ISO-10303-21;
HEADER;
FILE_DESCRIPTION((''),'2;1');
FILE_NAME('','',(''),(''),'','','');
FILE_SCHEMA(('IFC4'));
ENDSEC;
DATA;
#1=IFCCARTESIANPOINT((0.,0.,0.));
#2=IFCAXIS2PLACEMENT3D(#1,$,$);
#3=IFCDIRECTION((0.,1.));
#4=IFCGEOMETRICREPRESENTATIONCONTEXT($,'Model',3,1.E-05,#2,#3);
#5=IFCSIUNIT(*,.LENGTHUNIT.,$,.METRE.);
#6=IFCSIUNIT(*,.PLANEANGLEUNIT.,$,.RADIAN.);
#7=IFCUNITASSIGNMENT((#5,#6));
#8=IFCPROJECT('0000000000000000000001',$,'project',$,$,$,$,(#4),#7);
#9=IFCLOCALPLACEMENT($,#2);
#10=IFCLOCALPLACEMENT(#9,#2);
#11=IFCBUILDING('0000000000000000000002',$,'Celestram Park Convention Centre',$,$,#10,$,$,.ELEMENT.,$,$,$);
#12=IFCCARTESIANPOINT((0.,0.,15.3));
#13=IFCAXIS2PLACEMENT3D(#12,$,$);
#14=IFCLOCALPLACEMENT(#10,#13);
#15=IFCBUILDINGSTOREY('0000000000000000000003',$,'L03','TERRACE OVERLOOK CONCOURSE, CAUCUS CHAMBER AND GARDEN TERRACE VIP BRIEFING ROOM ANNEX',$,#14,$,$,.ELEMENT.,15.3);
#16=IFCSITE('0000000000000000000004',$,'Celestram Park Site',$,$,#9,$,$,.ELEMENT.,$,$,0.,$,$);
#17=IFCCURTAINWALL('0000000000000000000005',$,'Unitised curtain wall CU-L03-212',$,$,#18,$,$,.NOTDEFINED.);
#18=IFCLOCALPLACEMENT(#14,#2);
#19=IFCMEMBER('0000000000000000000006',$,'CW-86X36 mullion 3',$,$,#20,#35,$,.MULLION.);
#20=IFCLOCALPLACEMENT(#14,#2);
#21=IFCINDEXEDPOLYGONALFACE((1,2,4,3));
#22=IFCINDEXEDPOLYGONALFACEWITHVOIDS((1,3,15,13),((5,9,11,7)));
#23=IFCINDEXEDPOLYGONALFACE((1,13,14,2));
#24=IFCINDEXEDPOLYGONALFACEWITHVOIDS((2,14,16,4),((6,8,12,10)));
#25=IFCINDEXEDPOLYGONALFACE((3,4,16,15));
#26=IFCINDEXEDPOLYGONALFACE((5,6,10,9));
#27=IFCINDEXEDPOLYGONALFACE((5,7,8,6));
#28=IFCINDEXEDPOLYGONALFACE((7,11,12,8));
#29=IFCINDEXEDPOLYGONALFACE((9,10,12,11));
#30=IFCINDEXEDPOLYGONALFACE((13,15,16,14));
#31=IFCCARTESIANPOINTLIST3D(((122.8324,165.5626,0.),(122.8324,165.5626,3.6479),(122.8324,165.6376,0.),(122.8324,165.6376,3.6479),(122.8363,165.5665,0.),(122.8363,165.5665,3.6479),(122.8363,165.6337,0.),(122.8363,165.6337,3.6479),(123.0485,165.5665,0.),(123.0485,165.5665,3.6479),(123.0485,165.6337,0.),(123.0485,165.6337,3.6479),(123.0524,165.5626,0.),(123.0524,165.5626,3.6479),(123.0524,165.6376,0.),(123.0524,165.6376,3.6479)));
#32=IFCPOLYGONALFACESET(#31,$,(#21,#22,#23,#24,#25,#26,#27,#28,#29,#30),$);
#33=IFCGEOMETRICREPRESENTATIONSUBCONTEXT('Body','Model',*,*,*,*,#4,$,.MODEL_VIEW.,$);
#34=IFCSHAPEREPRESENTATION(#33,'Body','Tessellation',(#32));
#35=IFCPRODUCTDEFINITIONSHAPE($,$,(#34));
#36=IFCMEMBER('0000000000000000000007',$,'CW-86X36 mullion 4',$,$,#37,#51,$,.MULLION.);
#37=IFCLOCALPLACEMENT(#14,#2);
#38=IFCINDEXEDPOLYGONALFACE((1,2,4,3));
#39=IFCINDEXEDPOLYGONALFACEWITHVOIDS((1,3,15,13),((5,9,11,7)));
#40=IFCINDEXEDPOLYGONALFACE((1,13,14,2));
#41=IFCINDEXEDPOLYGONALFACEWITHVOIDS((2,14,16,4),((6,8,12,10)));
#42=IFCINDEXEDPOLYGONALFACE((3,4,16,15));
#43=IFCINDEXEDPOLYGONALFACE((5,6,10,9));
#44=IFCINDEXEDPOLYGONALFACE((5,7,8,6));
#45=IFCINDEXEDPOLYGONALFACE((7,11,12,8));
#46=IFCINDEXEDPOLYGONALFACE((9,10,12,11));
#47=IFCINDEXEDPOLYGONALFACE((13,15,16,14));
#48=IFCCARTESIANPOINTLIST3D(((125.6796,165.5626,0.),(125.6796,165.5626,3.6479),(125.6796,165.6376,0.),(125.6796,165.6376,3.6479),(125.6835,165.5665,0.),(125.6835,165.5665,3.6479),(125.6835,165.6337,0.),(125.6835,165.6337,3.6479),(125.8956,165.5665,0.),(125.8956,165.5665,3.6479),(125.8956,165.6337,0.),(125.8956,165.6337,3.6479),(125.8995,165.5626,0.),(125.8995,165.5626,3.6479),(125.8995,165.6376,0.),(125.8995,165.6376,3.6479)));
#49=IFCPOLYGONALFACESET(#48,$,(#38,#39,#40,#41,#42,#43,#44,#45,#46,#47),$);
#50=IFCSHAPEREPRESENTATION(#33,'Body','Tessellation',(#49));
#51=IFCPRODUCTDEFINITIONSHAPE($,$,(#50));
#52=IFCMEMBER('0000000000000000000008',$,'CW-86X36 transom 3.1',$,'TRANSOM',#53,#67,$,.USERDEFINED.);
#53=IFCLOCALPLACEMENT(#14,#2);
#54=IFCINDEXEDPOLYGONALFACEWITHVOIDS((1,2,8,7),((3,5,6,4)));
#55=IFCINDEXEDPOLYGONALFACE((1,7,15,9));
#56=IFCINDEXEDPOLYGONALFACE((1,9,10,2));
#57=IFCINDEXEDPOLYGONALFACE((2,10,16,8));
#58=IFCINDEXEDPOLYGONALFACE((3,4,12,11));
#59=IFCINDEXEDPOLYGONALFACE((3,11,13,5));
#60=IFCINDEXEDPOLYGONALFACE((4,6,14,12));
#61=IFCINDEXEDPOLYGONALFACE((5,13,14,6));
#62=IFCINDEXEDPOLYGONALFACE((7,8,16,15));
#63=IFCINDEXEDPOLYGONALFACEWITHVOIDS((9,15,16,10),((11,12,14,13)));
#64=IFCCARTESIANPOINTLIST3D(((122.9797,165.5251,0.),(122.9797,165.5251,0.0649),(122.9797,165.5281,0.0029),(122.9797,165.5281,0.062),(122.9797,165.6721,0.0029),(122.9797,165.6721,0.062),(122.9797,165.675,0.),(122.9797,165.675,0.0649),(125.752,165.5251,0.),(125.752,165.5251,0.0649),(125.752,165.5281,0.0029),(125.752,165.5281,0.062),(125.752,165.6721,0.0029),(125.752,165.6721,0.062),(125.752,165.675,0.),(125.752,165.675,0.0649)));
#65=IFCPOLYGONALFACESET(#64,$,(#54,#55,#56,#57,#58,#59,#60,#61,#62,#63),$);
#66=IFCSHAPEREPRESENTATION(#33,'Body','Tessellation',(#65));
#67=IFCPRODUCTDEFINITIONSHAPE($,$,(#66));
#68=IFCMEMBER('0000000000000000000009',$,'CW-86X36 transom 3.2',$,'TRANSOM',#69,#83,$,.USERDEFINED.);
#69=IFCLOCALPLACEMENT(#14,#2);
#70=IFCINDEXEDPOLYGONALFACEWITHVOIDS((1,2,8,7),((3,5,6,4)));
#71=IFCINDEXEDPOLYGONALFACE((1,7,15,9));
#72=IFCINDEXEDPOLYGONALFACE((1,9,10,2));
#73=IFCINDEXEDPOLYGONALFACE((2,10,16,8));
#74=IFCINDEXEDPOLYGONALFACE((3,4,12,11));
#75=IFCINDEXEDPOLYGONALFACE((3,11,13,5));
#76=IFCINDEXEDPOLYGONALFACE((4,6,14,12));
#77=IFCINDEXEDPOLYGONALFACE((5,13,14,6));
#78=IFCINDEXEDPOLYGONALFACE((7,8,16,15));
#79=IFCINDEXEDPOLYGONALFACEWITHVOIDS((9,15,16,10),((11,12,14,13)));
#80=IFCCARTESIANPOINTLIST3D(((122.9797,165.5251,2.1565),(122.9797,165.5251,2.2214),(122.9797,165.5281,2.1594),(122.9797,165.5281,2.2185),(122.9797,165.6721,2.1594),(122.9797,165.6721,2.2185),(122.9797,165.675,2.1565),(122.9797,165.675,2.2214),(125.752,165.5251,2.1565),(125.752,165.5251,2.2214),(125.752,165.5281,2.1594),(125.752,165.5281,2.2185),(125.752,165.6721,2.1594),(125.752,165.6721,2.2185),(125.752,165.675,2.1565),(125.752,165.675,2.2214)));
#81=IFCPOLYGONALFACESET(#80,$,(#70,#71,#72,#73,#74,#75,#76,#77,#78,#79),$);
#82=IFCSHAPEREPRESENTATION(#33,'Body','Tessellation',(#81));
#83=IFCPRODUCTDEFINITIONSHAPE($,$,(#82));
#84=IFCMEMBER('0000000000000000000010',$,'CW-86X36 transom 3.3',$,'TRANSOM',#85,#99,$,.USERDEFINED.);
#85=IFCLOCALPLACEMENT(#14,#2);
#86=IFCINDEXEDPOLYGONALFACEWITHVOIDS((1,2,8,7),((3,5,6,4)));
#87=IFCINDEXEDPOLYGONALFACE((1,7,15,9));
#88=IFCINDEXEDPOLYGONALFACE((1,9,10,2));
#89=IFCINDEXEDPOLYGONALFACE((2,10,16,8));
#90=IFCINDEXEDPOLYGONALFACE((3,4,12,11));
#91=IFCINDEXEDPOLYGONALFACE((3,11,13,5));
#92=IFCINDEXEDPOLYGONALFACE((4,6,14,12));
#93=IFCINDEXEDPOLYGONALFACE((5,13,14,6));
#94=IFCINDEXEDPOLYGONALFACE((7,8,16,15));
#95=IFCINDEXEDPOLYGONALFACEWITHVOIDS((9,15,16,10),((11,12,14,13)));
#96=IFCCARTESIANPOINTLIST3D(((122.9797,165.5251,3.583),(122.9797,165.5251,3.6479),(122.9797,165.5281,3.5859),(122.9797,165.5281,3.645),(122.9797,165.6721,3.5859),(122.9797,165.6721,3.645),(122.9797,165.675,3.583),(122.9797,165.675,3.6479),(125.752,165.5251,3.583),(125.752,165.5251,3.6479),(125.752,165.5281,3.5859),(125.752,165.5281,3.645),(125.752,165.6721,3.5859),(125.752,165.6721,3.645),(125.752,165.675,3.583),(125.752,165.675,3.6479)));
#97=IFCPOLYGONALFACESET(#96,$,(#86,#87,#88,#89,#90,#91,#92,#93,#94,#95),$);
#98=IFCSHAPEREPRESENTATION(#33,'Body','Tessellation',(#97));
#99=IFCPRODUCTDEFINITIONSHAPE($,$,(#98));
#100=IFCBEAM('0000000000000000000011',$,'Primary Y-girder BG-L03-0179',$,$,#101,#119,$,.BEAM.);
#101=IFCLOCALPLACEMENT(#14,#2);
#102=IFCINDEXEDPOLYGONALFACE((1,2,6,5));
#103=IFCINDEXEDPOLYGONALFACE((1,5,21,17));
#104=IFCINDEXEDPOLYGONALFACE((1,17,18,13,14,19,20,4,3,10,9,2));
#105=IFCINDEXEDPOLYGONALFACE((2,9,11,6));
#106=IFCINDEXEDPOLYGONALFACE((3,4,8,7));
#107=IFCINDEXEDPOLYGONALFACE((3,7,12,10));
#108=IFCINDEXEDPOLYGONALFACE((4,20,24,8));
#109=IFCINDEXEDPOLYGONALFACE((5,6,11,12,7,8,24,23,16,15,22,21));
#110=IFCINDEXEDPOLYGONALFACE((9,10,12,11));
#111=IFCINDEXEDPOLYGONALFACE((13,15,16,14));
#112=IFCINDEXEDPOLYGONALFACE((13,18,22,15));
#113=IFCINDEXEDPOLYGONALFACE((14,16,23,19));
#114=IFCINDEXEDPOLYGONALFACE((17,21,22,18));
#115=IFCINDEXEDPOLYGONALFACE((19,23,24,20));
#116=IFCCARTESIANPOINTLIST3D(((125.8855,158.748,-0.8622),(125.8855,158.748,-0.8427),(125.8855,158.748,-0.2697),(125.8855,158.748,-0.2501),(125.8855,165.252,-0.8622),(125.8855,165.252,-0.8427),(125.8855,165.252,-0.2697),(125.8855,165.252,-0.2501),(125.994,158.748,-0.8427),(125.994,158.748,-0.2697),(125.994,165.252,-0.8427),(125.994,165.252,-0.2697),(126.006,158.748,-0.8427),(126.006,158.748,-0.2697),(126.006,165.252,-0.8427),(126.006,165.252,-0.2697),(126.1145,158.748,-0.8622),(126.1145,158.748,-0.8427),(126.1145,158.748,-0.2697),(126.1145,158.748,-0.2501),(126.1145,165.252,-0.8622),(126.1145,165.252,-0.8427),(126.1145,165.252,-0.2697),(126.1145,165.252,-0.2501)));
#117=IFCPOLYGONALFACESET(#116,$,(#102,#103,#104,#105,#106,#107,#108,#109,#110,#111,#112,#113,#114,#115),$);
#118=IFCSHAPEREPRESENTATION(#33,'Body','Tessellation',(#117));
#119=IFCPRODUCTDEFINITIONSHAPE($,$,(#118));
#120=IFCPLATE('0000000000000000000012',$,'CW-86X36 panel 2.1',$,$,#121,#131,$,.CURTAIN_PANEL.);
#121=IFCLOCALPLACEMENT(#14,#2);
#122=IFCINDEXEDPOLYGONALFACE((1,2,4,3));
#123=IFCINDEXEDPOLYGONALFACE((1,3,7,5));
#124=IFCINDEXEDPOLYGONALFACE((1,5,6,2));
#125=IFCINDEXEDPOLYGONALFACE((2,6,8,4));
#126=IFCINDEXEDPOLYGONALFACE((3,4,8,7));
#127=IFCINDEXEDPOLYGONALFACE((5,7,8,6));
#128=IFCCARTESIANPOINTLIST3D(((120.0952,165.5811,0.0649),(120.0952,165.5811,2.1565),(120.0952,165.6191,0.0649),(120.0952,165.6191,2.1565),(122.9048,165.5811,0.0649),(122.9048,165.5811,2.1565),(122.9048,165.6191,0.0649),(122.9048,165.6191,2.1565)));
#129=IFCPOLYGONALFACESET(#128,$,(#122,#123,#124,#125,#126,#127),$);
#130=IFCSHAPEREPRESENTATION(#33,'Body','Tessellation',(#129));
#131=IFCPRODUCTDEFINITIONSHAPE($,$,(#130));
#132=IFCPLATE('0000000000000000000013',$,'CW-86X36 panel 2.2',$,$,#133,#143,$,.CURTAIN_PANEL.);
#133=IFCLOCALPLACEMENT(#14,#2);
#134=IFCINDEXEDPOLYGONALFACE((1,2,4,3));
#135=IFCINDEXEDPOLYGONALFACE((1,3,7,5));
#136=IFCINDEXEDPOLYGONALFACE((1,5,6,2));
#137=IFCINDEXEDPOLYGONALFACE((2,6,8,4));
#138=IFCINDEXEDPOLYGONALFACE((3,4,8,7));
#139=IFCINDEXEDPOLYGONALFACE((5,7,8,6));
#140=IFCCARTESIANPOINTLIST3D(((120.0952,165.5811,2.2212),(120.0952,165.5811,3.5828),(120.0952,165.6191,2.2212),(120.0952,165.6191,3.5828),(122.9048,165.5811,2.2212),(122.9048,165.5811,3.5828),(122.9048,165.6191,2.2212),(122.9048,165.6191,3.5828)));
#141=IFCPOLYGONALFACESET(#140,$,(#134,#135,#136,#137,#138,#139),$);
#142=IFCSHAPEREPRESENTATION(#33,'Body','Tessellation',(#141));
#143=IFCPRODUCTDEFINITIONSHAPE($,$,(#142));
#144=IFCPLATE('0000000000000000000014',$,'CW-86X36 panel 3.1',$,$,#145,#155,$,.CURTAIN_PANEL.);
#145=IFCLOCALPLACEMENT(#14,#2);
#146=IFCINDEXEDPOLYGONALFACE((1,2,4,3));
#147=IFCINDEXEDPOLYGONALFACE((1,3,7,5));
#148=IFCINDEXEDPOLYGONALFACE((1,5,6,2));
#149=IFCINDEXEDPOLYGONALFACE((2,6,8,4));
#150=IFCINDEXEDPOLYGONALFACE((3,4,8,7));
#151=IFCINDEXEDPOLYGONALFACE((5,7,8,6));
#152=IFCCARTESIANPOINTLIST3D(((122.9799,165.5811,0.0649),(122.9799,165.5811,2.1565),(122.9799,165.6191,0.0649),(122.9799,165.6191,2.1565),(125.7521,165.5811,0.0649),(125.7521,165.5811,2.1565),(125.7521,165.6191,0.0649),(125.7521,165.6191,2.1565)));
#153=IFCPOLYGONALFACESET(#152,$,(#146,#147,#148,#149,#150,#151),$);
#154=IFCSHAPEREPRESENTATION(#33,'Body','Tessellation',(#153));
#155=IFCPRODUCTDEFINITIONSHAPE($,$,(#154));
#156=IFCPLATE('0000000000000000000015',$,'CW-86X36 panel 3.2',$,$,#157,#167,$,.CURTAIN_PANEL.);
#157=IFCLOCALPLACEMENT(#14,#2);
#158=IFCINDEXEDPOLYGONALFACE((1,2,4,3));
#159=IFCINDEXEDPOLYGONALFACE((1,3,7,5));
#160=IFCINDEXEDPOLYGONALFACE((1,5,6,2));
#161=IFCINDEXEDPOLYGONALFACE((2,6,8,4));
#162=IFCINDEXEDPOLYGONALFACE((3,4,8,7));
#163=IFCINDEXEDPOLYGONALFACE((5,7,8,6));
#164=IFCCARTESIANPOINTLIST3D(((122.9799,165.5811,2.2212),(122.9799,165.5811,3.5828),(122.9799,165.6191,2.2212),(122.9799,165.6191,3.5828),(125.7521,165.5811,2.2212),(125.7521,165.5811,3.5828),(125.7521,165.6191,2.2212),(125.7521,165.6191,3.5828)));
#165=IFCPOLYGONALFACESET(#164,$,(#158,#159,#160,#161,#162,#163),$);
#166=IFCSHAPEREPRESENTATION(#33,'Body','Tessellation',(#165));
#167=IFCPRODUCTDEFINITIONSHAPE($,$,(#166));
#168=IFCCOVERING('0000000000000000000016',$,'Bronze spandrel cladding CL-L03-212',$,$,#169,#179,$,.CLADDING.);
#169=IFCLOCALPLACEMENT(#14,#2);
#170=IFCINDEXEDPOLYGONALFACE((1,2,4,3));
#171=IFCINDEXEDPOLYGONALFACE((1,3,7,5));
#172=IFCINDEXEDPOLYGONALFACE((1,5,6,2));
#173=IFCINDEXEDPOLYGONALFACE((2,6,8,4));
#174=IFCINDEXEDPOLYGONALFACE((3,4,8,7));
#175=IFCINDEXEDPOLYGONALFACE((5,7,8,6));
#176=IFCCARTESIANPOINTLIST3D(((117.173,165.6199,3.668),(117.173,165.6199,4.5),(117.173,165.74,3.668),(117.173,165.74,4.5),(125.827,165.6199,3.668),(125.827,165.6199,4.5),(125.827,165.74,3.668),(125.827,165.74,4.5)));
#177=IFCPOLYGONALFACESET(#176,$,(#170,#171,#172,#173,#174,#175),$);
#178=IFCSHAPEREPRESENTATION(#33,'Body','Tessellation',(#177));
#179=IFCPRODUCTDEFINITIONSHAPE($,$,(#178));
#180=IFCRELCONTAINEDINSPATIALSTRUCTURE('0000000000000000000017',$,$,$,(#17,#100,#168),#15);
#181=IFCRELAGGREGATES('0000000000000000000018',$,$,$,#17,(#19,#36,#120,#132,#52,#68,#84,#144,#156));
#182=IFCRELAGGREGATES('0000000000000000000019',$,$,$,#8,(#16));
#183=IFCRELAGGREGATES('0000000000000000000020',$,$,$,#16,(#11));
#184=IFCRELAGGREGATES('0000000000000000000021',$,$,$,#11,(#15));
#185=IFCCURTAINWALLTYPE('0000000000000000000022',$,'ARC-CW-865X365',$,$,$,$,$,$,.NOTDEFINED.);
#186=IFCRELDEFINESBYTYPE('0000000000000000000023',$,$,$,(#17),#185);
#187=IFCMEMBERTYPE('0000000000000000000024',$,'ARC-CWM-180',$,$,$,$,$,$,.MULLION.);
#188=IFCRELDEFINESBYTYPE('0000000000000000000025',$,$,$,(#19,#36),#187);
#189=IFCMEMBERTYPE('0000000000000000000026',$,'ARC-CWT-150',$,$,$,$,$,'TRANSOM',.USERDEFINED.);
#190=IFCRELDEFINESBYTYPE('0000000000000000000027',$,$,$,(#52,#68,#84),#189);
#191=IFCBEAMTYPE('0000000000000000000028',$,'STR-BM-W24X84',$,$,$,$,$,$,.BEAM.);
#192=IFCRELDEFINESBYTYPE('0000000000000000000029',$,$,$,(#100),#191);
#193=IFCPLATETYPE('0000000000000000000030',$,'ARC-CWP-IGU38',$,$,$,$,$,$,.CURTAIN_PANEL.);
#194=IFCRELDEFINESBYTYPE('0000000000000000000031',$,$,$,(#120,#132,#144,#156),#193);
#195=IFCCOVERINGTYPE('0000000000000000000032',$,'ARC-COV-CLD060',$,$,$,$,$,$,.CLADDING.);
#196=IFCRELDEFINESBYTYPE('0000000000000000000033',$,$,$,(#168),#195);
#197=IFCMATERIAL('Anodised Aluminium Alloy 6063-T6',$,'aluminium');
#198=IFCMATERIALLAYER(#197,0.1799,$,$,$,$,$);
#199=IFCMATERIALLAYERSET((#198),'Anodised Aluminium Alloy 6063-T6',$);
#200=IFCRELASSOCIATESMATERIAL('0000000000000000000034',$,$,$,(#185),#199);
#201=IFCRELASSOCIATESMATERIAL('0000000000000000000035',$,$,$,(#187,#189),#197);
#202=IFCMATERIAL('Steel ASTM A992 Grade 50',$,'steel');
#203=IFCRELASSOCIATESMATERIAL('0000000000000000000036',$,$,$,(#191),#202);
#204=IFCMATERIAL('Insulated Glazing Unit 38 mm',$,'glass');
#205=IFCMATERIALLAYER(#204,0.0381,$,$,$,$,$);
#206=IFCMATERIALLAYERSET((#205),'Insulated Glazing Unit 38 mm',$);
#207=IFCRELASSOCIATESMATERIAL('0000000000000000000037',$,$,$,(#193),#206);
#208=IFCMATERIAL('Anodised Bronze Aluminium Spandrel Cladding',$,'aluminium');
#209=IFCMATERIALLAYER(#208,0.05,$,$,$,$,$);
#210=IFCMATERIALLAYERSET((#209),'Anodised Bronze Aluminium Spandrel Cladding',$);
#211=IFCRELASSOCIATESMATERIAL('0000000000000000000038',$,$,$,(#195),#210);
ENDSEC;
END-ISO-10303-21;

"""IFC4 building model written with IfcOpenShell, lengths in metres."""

from ifc_helpers import new_model, si_unit, direction, frame, origin, origin_2d, place, context, subcontext, project, spatial, rectangle, hollow_rectangle, i_section, extrude, material, layer, layer_set, material_profile, profile_set, type_object, element, aggregate, save


model = new_model("IFC4")

# Units and contexts
model_context = context("Model", 3, precision=1e-05, world=origin(), true_north=direction((0.0, 1.0)))
body_context = subcontext(model_context, "Body", "Model", "MODEL_VIEW")
ifc_project = project(units=[si_unit("LENGTHUNIT", "METRE"), si_unit("PLANEANGLEUNIT", "RADIAN")], contexts=[model_context])

# Site, building, storey
site_placement = place(None, origin())
site = spatial("IfcSite", under=ifc_project, at=site_placement, Name="Celestram Park Site", CompositionType="ELEMENT", RefElevation=0.0)
building_placement = place(site_placement, origin())
building = spatial("IfcBuilding", under=site, at=building_placement, Name="Celestram Park Convention Centre", CompositionType="ELEMENT")
storey_placement = place(building_placement, frame((0.0, 0.0, 15.3)))
storey = spatial("IfcBuildingStorey", under=building, at=storey_placement, Name="L03", Description="TERRACE OVERLOOK CONCOURSE, CAUCUS CHAMBER AND GARDEN TERRACE VIP BRIEFING ROOM ANNEX", CompositionType="ELEMENT", Elevation=15.3)

# Curtain wall, members
ifc_material_1 = material(Name="Anodised Aluminium Alloy 6063-T6", Category="aluminium")
ifc_layer_1 = layer(ifc_material_1, 0.1799)
ifc_layer_set_1 = layer_set([ifc_layer_1], Name="Anodised Aluminium Alloy 6063-T6")
curtain_wall_type = type_object("IfcCurtainWallType", Name="ARC-CW-865X365", PredefinedType="NOTDEFINED", material=ifc_layer_set_1)
curtain_wall_placement = place(storey_placement, origin())
curtain_wall = element("IfcCurtainWall", 1, at=curtain_wall_placement, inside=storey, type_object=curtain_wall_type, Name="Unitised curtain wall CU-L03-212", PredefinedType="NOTDEFINED")
ifc_material_profile_1 = material_profile(ifc_material_1, hollow_rectangle(XDim=0.075, YDim=0.22, WallThickness=0.0039, at=origin_2d()), Name="ALU75X220X4")
ifc_profile_set_1 = profile_set([ifc_material_profile_1], Name="Anodised Aluminium Alloy 6063-T6")
member_type_1 = type_object("IfcMemberType", Name="ARC-CWM-180", PredefinedType="MULLION", material=ifc_profile_set_1)
member_1_placement = place(storey_placement, frame((122.9424, 165.6001, 0.0), z_axis=(0.0, 0.0, 1.0), x_axis=(0.0, 1.0, 0.0)))
member_1 = element("IfcMember", 2, at=member_1_placement, type_object=member_type_1, Name="CW-86X36 mullion 3", PredefinedType="MULLION", context=body_context, shape_type="SweptSolid", body=[
    extrude(hollow_rectangle(XDim=0.075, YDim=0.22, WallThickness=0.0039, at=origin_2d()), origin(), (0.0, 0.0, 1.0), 3.6479),
])
member_2_placement = place(storey_placement, frame((125.7896, 165.6001, 0.0), z_axis=(0.0, 0.0, 1.0), x_axis=(0.0, 1.0, 0.0)))
member_2 = element("IfcMember", 3, at=member_2_placement, type_object=member_type_1, Name="CW-86X36 mullion 4", PredefinedType="MULLION", context=body_context, shape_type="SweptSolid", body=[
    extrude(hollow_rectangle(XDim=0.075, YDim=0.22, WallThickness=0.0039, at=origin_2d()), origin(), (0.0, 0.0, 1.0), 3.6479),
])
ifc_material_profile_2 = material_profile(ifc_material_1, hollow_rectangle(XDim=0.1499, YDim=0.0649, WallThickness=0.0029, at=origin_2d()), Name="ALU150X65X3")
ifc_profile_set_2 = profile_set([ifc_material_profile_2], Name="Anodised Aluminium Alloy 6063-T6")
member_type_2 = type_object("IfcMemberType", Name="ARC-CWT-150", ElementType="TRANSOM", PredefinedType="USERDEFINED", material=ifc_profile_set_2)
member_3_placement = place(storey_placement, frame((122.9797, 165.6001, 0.0325), z_axis=(1.0, 0.0, 0.0), x_axis=(0.0, 1.0, 0.0)))
member_3 = element("IfcMember", 4, at=member_3_placement, type_object=member_type_2, Name="CW-86X36 transom 3.1", ObjectType="TRANSOM", PredefinedType="USERDEFINED", context=body_context, shape_type="SweptSolid", body=[
    extrude(hollow_rectangle(XDim=0.1499, YDim=0.0649, WallThickness=0.0029, at=origin_2d()), origin(), (0.0, 0.0, 1.0), 2.7722),
])
member_4_placement = place(storey_placement, frame((122.9797, 165.6001, 2.189), z_axis=(1.0, 0.0, 0.0), x_axis=(0.0, 1.0, 0.0)))
member_4 = element("IfcMember", 5, at=member_4_placement, type_object=member_type_2, Name="CW-86X36 transom 3.2", ObjectType="TRANSOM", PredefinedType="USERDEFINED", context=body_context, shape_type="SweptSolid", body=[
    extrude(hollow_rectangle(XDim=0.1499, YDim=0.0649, WallThickness=0.0029, at=origin_2d()), origin(), (0.0, 0.0, 1.0), 2.7722),
])
member_5_placement = place(storey_placement, frame((122.9797, 165.6001, 3.6155), z_axis=(1.0, 0.0, 0.0), x_axis=(0.0, 1.0, 0.0)))
member_5 = element("IfcMember", 6, at=member_5_placement, type_object=member_type_2, Name="CW-86X36 transom 3.3", ObjectType="TRANSOM", PredefinedType="USERDEFINED", context=body_context, shape_type="SweptSolid", body=[
    extrude(hollow_rectangle(XDim=0.1499, YDim=0.0649, WallThickness=0.0029, at=origin_2d()), origin(), (0.0, 0.0, 1.0), 2.7722),
])

# Beam
ifc_material_2 = material(Name="Steel ASTM A992 Grade 50", Category="steel")
ifc_material_profile_3 = material_profile(ifc_material_2, i_section(OverallWidth=0.229, OverallDepth=0.6121, WebThickness=0.012, FlangeThickness=0.0195, at=origin_2d()), Name="W24X84")
ifc_profile_set_3 = profile_set([ifc_material_profile_3], Name="Steel ASTM A992 Grade 50")
beam_type = type_object("IfcBeamType", Name="STR-BM-W24X84", PredefinedType="BEAM", material=ifc_profile_set_3)
beam_placement = place(storey_placement, frame((126.0, 158.748, -0.5562), z_axis=(0.0, 1.0, 0.0), x_axis=(-1.0, 0.0, 0.0)))
element("IfcBeam", 7, at=beam_placement, inside=storey, type_object=beam_type, Name="Primary Y-girder BG-L03-0179", PredefinedType="BEAM", context=body_context, shape_type="SweptSolid", body=[
    extrude(i_section(OverallWidth=0.229, OverallDepth=0.6121, WebThickness=0.012, FlangeThickness=0.0195, at=origin_2d()), origin(), (0.0, 0.0, 1.0), 6.5039),
])

# Plates
ifc_material_3 = material(Name="Insulated Glazing Unit 38 mm", Category="glass")
ifc_layer_2 = layer(ifc_material_3, 0.0381)
ifc_layer_set_2 = layer_set([ifc_layer_2], Name="Insulated Glazing Unit 38 mm")
plate_type = type_object("IfcPlateType", Name="ARC-CWP-IGU38", PredefinedType="CURTAIN_PANEL", material=ifc_layer_set_2)
plate_1_placement = place(storey_placement, frame((121.5, 165.6001, 0.0649), z_axis=(0.0, 0.0, 1.0), x_axis=(1.0, 0.0, 0.0)))
plate_1 = element("IfcPlate", 8, at=plate_1_placement, type_object=plate_type, Name="CW-86X36 panel 2.1", PredefinedType="CURTAIN_PANEL", context=body_context, shape_type="SweptSolid", body=[
    extrude(rectangle(XDim=2.8096, YDim=0.0381, at=origin_2d()), origin(), (0.0, 0.0, 1.0), 2.0916),
])
plate_2_placement = place(storey_placement, frame((121.5, 165.6001, 2.2212), z_axis=(0.0, 0.0, 1.0), x_axis=(1.0, 0.0, 0.0)))
plate_2 = element("IfcPlate", 9, at=plate_2_placement, type_object=plate_type, Name="CW-86X36 panel 2.2", PredefinedType="CURTAIN_PANEL", context=body_context, shape_type="SweptSolid", body=[
    extrude(rectangle(XDim=2.8096, YDim=0.0381, at=origin_2d()), origin(), (0.0, 0.0, 1.0), 1.3616),
])
plate_3_placement = place(storey_placement, frame((124.366, 165.6001, 0.0649), z_axis=(0.0, 0.0, 1.0), x_axis=(1.0, 0.0, 0.0)))
plate_3 = element("IfcPlate", 10, at=plate_3_placement, type_object=plate_type, Name="CW-86X36 panel 3.1", PredefinedType="CURTAIN_PANEL", context=body_context, shape_type="SweptSolid", body=[
    extrude(rectangle(XDim=2.7722, YDim=0.0381, at=origin_2d()), origin(), (0.0, 0.0, 1.0), 2.0916),
])
plate_4_placement = place(storey_placement, frame((124.366, 165.6001, 2.2212), z_axis=(0.0, 0.0, 1.0), x_axis=(1.0, 0.0, 0.0)))
plate_4 = element("IfcPlate", 11, at=plate_4_placement, type_object=plate_type, Name="CW-86X36 panel 3.2", PredefinedType="CURTAIN_PANEL", context=body_context, shape_type="SweptSolid", body=[
    extrude(rectangle(XDim=2.7722, YDim=0.0381, at=origin_2d()), origin(), (0.0, 0.0, 1.0), 1.3616),
])
aggregate(curtain_wall, [member_1, member_2, plate_1, plate_2, member_3, member_4, member_5, plate_3, plate_4])

# Covering
ifc_material_4 = material(Name="Anodised Bronze Aluminium Spandrel Cladding", Category="aluminium")
ifc_layer_3 = layer(ifc_material_4, 0.05)
ifc_layer_set_3 = layer_set([ifc_layer_3], Name="Anodised Bronze Aluminium Spandrel Cladding")
covering_type_1 = type_object("IfcCoveringType", Name="ARC-COV-CLD060", PredefinedType="CLADDING", material=ifc_layer_set_3)
covering_1_placement = place(storey_placement, frame((121.5, 165.6799, 3.668), z_axis=(0.0, 0.0, 1.0), x_axis=(1.0, 0.0, 0.0)))
element("IfcCovering", 12, at=covering_1_placement, inside=storey, type_object=covering_type_1, Name="Bronze spandrel cladding CL-L03-212", PredefinedType="CLADDING", context=body_context, shape_type="SweptSolid", body=[
    extrude(rectangle(XDim=8.6541, YDim=0.1201, at=origin_2d()), origin(), (0.0, 0.0, 1.0), 0.832),
])

save(model, "model.ifc")
